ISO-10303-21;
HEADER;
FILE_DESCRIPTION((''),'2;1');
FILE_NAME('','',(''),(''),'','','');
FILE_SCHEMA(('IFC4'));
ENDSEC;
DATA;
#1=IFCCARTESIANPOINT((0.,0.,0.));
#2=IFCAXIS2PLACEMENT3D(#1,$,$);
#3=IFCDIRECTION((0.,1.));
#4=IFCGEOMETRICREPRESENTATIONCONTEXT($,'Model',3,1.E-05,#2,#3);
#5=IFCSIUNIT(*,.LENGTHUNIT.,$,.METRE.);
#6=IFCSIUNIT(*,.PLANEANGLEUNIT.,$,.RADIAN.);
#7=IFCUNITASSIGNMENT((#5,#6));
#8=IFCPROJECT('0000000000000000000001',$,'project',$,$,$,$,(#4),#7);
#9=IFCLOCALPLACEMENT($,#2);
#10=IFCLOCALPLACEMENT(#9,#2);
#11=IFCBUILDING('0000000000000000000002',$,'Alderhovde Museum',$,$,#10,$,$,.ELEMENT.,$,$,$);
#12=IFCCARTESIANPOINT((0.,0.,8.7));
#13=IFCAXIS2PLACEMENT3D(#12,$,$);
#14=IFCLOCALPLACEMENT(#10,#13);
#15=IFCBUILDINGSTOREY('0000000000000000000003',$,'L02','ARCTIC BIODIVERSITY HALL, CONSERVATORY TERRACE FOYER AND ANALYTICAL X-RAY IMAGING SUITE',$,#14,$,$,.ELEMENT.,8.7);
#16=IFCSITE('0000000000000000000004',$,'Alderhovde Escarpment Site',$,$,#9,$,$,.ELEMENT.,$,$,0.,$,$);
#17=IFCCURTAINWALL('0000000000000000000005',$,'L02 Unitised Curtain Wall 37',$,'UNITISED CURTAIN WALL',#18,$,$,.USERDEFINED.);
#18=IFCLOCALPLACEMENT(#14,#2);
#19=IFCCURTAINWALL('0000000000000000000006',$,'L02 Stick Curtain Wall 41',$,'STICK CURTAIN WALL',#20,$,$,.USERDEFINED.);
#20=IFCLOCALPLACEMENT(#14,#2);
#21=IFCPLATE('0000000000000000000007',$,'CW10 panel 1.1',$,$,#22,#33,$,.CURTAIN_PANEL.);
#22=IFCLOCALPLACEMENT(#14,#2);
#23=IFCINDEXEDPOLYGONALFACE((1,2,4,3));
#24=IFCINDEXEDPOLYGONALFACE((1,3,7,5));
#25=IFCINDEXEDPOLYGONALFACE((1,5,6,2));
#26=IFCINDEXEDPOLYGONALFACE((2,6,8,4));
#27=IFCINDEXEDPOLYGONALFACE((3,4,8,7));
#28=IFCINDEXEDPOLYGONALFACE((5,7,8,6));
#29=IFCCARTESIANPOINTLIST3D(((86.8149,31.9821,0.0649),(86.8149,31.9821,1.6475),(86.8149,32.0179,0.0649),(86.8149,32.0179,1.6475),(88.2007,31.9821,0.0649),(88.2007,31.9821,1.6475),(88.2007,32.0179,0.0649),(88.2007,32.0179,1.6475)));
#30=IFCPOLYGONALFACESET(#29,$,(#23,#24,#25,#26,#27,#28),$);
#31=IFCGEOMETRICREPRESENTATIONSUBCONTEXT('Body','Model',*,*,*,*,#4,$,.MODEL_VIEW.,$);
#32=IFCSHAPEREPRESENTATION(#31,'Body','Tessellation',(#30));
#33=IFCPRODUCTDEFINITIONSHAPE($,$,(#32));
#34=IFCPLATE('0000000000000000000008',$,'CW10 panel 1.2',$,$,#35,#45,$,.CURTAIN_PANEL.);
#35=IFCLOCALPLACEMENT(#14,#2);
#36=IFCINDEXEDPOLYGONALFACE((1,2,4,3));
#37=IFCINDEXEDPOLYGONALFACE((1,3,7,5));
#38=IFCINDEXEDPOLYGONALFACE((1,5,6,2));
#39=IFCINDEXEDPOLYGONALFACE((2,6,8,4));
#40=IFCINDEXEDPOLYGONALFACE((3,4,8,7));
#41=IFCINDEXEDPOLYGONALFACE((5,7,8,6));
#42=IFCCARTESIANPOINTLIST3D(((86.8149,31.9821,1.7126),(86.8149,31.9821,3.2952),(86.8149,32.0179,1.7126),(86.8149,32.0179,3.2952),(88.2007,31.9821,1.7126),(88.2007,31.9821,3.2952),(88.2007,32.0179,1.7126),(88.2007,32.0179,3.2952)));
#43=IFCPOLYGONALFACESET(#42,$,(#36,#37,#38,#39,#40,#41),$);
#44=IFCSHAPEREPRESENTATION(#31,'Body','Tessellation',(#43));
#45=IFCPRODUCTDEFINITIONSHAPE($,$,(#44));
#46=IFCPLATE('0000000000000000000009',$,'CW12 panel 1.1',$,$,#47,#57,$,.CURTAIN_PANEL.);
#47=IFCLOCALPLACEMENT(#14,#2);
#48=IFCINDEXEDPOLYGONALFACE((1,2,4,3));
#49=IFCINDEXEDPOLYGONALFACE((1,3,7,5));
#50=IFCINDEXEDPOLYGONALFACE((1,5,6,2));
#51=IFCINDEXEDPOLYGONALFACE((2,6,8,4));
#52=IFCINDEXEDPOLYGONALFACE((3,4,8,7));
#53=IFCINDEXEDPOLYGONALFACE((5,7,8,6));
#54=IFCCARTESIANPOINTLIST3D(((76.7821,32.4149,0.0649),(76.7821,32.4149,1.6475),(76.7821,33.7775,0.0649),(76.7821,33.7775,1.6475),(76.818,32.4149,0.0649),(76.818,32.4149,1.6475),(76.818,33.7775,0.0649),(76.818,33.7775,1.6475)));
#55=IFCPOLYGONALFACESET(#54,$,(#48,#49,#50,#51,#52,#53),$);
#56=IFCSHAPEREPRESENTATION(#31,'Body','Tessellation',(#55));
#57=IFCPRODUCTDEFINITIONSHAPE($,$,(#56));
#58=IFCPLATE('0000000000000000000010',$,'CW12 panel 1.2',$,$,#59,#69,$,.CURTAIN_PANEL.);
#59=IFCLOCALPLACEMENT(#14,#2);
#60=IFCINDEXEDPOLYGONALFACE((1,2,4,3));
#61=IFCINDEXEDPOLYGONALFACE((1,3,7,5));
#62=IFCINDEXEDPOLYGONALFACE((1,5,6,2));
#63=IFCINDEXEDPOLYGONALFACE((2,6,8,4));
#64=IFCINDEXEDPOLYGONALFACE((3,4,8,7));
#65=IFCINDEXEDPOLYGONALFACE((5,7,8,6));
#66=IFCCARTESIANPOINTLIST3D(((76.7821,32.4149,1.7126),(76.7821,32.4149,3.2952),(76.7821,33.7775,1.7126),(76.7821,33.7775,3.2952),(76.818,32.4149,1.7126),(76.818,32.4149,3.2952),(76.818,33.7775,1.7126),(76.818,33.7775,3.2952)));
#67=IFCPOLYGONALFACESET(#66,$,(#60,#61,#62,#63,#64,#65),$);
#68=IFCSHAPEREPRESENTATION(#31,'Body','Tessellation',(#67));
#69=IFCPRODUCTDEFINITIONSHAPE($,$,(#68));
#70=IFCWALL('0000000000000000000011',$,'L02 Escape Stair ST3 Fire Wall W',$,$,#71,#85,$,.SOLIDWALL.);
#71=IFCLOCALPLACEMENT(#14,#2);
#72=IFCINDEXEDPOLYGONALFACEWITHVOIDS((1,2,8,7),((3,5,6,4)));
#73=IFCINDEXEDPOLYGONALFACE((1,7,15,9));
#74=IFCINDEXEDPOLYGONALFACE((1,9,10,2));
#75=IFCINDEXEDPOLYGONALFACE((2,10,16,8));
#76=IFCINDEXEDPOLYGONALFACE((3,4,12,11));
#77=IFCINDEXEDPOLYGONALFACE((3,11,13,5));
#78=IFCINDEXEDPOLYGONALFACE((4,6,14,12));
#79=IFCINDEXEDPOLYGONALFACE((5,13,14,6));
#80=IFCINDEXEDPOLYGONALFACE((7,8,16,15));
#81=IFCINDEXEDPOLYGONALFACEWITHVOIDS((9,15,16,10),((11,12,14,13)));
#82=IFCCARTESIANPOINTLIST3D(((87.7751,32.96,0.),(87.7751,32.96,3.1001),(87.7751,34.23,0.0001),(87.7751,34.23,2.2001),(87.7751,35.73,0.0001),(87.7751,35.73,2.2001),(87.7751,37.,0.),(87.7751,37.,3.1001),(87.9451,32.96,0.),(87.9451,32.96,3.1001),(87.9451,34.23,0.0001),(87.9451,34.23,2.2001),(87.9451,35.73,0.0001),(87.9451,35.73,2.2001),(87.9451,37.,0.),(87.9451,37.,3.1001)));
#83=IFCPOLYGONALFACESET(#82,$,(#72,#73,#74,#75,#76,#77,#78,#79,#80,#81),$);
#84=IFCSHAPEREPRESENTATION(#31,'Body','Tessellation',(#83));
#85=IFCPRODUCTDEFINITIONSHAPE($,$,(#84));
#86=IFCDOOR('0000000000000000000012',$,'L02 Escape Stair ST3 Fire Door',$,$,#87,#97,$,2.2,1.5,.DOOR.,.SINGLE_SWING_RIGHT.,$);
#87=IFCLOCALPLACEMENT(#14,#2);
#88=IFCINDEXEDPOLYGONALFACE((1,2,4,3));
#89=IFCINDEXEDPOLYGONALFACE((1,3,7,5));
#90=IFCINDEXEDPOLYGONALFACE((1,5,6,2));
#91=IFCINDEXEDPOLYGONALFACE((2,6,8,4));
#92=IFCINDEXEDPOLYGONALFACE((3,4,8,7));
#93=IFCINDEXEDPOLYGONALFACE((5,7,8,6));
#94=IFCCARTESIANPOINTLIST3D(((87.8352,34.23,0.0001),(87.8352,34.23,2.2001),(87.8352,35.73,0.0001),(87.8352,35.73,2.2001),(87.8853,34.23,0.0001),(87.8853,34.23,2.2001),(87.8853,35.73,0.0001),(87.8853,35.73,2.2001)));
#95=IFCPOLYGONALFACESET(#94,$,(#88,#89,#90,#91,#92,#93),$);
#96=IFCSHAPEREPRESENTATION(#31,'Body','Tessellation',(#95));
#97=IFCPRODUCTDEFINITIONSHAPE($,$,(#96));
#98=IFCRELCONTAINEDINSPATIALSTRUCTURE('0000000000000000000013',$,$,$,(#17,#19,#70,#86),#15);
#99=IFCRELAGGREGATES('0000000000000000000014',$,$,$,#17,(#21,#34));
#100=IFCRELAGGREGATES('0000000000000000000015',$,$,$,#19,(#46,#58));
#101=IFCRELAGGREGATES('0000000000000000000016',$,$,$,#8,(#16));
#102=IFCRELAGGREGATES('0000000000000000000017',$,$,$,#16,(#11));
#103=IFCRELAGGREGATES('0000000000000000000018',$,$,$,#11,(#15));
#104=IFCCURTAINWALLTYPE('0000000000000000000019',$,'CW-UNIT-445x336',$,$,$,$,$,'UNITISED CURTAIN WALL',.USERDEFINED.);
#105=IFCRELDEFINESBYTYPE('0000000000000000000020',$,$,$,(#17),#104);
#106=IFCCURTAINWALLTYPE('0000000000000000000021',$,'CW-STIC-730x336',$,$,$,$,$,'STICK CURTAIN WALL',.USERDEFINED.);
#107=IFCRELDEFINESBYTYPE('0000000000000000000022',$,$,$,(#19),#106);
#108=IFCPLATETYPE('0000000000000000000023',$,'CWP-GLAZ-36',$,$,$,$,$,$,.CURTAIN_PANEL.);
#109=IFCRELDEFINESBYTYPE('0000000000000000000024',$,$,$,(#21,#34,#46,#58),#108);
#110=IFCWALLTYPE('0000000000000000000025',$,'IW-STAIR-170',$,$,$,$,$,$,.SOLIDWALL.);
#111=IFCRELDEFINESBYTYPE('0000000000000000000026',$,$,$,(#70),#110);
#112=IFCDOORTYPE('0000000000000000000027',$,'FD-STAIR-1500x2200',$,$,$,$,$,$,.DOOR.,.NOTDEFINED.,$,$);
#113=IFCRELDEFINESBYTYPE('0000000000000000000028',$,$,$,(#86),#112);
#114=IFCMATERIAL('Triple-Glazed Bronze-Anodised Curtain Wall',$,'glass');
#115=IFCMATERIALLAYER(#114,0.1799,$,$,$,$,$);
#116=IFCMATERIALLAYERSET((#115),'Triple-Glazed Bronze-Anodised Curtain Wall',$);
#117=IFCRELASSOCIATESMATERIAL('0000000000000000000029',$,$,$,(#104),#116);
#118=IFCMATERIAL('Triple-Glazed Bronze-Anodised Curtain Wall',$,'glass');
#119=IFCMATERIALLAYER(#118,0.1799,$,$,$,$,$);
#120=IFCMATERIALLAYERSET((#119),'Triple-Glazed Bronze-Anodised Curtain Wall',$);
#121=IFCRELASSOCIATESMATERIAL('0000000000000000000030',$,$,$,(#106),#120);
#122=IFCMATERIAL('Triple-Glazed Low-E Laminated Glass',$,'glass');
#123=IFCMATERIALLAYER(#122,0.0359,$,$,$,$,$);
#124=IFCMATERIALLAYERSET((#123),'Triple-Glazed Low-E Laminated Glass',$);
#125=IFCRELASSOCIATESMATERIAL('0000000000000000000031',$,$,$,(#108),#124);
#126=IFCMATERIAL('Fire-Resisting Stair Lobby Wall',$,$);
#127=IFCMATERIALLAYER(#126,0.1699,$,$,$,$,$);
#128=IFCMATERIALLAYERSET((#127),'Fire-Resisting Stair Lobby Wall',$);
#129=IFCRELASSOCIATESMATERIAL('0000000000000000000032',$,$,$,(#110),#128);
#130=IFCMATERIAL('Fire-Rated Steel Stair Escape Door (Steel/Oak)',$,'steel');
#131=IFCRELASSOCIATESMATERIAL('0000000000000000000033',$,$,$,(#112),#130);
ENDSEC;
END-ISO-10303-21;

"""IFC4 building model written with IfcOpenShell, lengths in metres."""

from ifc_helpers import new_model, si_unit, direction, frame, frame_2d, origin, origin_2d, place, context, subcontext, project, spatial, rectangle, extrude, material, layer, layer_set, type_object, element, fill, aggregate, save


model = new_model("IFC4")

# Units and contexts
model_context = context("Model", 3, precision=1e-05, world=origin(), true_north=direction((0.0, 1.0)))
body_context = subcontext(model_context, "Body", "Model", "MODEL_VIEW")
ifc_project = project(units=[si_unit("LENGTHUNIT", "METRE"), si_unit("PLANEANGLEUNIT", "RADIAN")], contexts=[model_context])

# Site, building, storey
site_placement = place(None, origin())
site = spatial("IfcSite", under=ifc_project, at=site_placement, Name="Alderhovde Escarpment Site", CompositionType="ELEMENT", RefElevation=0.0)
building_placement = place(site_placement, origin())
building = spatial("IfcBuilding", under=site, at=building_placement, Name="Alderhovde Museum", CompositionType="ELEMENT")
storey_placement = place(building_placement, frame((0.0, 0.0, 8.7)))
storey = spatial("IfcBuildingStorey", under=building, at=storey_placement, Name="L02", Description="ARCTIC BIODIVERSITY HALL, CONSERVATORY TERRACE FOYER AND ANALYTICAL X-RAY IMAGING SUITE", CompositionType="ELEMENT", Elevation=8.7)

# Curtain wall
ifc_material_1 = material(Name="Triple-Glazed Bronze-Anodised Curtain Wall", Category="glass")
ifc_layer_1 = layer(ifc_material_1, 0.1799)
ifc_layer_set_1 = layer_set([ifc_layer_1], Name="Triple-Glazed Bronze-Anodised Curtain Wall")
curtain_wall_type_1 = type_object("IfcCurtainWallType", Name="CW-UNIT-445x336", ElementType="UNITISED CURTAIN WALL", PredefinedType="USERDEFINED", material=ifc_layer_set_1)
curtain_wall_1_placement = place(storey_placement, origin())
curtain_wall_1 = element("IfcCurtainWall", 1, at=curtain_wall_1_placement, inside=storey, type_object=curtain_wall_type_1, Name="L02 Unitised Curtain Wall 37", ObjectType="UNITISED CURTAIN WALL", PredefinedType="USERDEFINED")

# Curtain wall
ifc_material_2 = material(Name="Triple-Glazed Bronze-Anodised Curtain Wall", Category="glass")
ifc_layer_2 = layer(ifc_material_2, 0.1799)
ifc_layer_set_2 = layer_set([ifc_layer_2], Name="Triple-Glazed Bronze-Anodised Curtain Wall")
curtain_wall_type_2 = type_object("IfcCurtainWallType", Name="CW-STIC-730x336", ElementType="STICK CURTAIN WALL", PredefinedType="USERDEFINED", material=ifc_layer_set_2)
curtain_wall_2_placement = place(storey_placement, origin())
curtain_wall_2 = element("IfcCurtainWall", 2, at=curtain_wall_2_placement, inside=storey, type_object=curtain_wall_type_2, Name="L02 Stick Curtain Wall 41", ObjectType="STICK CURTAIN WALL", PredefinedType="USERDEFINED")

# Plates
ifc_material_3 = material(Name="Triple-Glazed Low-E Laminated Glass", Category="glass")
ifc_layer_3 = layer(ifc_material_3, 0.0359)
ifc_layer_set_3 = layer_set([ifc_layer_3], Name="Triple-Glazed Low-E Laminated Glass")
plate_type_1 = type_object("IfcPlateType", Name="CWP-GLAZ-36", PredefinedType="CURTAIN_PANEL", material=ifc_layer_set_3)
plate_1_placement = place(storey_placement, frame((87.5078, 32.0, 0.0649), z_axis=(0.0, 0.0, 1.0), x_axis=(1.0, 0.0, 0.0)))
plate_1 = element("IfcPlate", 3, at=plate_1_placement, type_object=plate_type_1, Name="CW10 panel 1.1", PredefinedType="CURTAIN_PANEL", context=body_context, shape_type="SweptSolid", body=[
    extrude(rectangle(XDim=1.3857, YDim=0.0359, at=origin_2d()), origin(), (0.0, 0.0, 1.0), 1.5825),
])
plate_2_placement = place(storey_placement, frame((87.5078, 32.0, 1.7126), z_axis=(0.0, 0.0, 1.0), x_axis=(1.0, 0.0, 0.0)))
plate_2 = element("IfcPlate", 4, at=plate_2_placement, type_object=plate_type_1, Name="CW10 panel 1.2", PredefinedType="CURTAIN_PANEL", context=body_context, shape_type="SweptSolid", body=[
    extrude(rectangle(XDim=1.3857, YDim=0.0359, at=origin_2d()), origin(), (0.0, 0.0, 1.0), 1.5825),
])
aggregate(curtain_wall_1, [plate_1, plate_2])
plate_3_placement = place(storey_placement, frame((76.8, 33.0962, 0.0649), z_axis=(0.0, 0.0, 1.0), x_axis=(0.0, 1.0, 0.0)))
plate_3 = element("IfcPlate", 5, at=plate_3_placement, type_object=plate_type_1, Name="CW12 panel 1.1", PredefinedType="CURTAIN_PANEL", context=body_context, shape_type="SweptSolid", body=[
    extrude(rectangle(XDim=1.3625, YDim=0.0359, at=origin_2d()), origin(), (0.0, 0.0, 1.0), 1.5825),
])
plate_4_placement = place(storey_placement, frame((76.8, 33.0962, 1.7126), z_axis=(0.0, 0.0, 1.0), x_axis=(0.0, 1.0, 0.0)))
plate_4 = element("IfcPlate", 6, at=plate_4_placement, type_object=plate_type_1, Name="CW12 panel 1.2", PredefinedType="CURTAIN_PANEL", context=body_context, shape_type="SweptSolid", body=[
    extrude(rectangle(XDim=1.3625, YDim=0.0359, at=origin_2d()), origin(), (0.0, 0.0, 1.0), 1.5825),
])
aggregate(curtain_wall_2, [plate_3, plate_4])

# Wall, opening, door
ifc_material_4 = material(Name="Fire-Resisting Stair Lobby Wall")
ifc_layer_4 = layer(ifc_material_4, 0.1699)
ifc_layer_set_4 = layer_set([ifc_layer_4], Name="Fire-Resisting Stair Lobby Wall")
wall_type = type_object("IfcWallType", Name="IW-STAIR-170", PredefinedType="SOLIDWALL", material=ifc_layer_set_4)
wall_placement = place(storey_placement, frame((87.8601, 32.96, 0.0), z_axis=(0.0, 0.0, 1.0), x_axis=(0.0, 1.0, 0.0)))
wall = element("IfcWall", 7, at=wall_placement, inside=storey, type_object=wall_type, Name="L02 Escape Stair ST3 Fire Wall W", PredefinedType="SOLIDWALL", context=body_context, shape_type="SweptSolid", body=[
    extrude(rectangle(XDim=4.04, YDim=0.1699, at=frame_2d((2.02, 0.0))), origin(), (0.0, 0.0, 1.0), 3.1001),
])
opening_placement = place(wall_placement, frame((1.27, 0.0, 0.0)))
opening = element("IfcOpeningElement", 8, at=opening_placement, cuts=wall, PredefinedType="OPENING", context=body_context, shape_type="SweptSolid", body=[
    extrude(rectangle(XDim=1.5, YDim=2.2, at=frame_2d((0.75, 1.1001))), frame((0.0, 0.095, 0.0), z_axis=(0.0, -1.0, 0.0), x_axis=(1.0, 0.0, 0.0)), (0.0, 0.0, 1.0), 0.1899),
])
ifc_material_5 = material(Name="Fire-Rated Steel Stair Escape Door (Steel/Oak)", Category="steel")
door_type = type_object("IfcDoorType", Name="FD-STAIR-1500x2200", OperationType="NOTDEFINED", PredefinedType="DOOR", material=ifc_material_5)
door_placement = place(opening_placement, origin())
door = element("IfcDoor", 9, at=door_placement, inside=storey, type_object=door_type, Name="L02 Escape Stair ST3 Fire Door", OperationType="SINGLE_SWING_RIGHT", OverallHeight=2.2, OverallWidth=1.5, PredefinedType="DOOR", context=body_context, shape_type="SweptSolid", body=[
    extrude(rectangle(XDim=1.5, YDim=2.2, at=frame_2d((0.75, 1.1001))), frame((0.0, 0.0249, 0.0), z_axis=(0.0, -1.0, 0.0), x_axis=(1.0, 0.0, 0.0)), (0.0, 0.0, 1.0), 0.05),
])
fill(opening, door)

save(model, "model.ifc")
